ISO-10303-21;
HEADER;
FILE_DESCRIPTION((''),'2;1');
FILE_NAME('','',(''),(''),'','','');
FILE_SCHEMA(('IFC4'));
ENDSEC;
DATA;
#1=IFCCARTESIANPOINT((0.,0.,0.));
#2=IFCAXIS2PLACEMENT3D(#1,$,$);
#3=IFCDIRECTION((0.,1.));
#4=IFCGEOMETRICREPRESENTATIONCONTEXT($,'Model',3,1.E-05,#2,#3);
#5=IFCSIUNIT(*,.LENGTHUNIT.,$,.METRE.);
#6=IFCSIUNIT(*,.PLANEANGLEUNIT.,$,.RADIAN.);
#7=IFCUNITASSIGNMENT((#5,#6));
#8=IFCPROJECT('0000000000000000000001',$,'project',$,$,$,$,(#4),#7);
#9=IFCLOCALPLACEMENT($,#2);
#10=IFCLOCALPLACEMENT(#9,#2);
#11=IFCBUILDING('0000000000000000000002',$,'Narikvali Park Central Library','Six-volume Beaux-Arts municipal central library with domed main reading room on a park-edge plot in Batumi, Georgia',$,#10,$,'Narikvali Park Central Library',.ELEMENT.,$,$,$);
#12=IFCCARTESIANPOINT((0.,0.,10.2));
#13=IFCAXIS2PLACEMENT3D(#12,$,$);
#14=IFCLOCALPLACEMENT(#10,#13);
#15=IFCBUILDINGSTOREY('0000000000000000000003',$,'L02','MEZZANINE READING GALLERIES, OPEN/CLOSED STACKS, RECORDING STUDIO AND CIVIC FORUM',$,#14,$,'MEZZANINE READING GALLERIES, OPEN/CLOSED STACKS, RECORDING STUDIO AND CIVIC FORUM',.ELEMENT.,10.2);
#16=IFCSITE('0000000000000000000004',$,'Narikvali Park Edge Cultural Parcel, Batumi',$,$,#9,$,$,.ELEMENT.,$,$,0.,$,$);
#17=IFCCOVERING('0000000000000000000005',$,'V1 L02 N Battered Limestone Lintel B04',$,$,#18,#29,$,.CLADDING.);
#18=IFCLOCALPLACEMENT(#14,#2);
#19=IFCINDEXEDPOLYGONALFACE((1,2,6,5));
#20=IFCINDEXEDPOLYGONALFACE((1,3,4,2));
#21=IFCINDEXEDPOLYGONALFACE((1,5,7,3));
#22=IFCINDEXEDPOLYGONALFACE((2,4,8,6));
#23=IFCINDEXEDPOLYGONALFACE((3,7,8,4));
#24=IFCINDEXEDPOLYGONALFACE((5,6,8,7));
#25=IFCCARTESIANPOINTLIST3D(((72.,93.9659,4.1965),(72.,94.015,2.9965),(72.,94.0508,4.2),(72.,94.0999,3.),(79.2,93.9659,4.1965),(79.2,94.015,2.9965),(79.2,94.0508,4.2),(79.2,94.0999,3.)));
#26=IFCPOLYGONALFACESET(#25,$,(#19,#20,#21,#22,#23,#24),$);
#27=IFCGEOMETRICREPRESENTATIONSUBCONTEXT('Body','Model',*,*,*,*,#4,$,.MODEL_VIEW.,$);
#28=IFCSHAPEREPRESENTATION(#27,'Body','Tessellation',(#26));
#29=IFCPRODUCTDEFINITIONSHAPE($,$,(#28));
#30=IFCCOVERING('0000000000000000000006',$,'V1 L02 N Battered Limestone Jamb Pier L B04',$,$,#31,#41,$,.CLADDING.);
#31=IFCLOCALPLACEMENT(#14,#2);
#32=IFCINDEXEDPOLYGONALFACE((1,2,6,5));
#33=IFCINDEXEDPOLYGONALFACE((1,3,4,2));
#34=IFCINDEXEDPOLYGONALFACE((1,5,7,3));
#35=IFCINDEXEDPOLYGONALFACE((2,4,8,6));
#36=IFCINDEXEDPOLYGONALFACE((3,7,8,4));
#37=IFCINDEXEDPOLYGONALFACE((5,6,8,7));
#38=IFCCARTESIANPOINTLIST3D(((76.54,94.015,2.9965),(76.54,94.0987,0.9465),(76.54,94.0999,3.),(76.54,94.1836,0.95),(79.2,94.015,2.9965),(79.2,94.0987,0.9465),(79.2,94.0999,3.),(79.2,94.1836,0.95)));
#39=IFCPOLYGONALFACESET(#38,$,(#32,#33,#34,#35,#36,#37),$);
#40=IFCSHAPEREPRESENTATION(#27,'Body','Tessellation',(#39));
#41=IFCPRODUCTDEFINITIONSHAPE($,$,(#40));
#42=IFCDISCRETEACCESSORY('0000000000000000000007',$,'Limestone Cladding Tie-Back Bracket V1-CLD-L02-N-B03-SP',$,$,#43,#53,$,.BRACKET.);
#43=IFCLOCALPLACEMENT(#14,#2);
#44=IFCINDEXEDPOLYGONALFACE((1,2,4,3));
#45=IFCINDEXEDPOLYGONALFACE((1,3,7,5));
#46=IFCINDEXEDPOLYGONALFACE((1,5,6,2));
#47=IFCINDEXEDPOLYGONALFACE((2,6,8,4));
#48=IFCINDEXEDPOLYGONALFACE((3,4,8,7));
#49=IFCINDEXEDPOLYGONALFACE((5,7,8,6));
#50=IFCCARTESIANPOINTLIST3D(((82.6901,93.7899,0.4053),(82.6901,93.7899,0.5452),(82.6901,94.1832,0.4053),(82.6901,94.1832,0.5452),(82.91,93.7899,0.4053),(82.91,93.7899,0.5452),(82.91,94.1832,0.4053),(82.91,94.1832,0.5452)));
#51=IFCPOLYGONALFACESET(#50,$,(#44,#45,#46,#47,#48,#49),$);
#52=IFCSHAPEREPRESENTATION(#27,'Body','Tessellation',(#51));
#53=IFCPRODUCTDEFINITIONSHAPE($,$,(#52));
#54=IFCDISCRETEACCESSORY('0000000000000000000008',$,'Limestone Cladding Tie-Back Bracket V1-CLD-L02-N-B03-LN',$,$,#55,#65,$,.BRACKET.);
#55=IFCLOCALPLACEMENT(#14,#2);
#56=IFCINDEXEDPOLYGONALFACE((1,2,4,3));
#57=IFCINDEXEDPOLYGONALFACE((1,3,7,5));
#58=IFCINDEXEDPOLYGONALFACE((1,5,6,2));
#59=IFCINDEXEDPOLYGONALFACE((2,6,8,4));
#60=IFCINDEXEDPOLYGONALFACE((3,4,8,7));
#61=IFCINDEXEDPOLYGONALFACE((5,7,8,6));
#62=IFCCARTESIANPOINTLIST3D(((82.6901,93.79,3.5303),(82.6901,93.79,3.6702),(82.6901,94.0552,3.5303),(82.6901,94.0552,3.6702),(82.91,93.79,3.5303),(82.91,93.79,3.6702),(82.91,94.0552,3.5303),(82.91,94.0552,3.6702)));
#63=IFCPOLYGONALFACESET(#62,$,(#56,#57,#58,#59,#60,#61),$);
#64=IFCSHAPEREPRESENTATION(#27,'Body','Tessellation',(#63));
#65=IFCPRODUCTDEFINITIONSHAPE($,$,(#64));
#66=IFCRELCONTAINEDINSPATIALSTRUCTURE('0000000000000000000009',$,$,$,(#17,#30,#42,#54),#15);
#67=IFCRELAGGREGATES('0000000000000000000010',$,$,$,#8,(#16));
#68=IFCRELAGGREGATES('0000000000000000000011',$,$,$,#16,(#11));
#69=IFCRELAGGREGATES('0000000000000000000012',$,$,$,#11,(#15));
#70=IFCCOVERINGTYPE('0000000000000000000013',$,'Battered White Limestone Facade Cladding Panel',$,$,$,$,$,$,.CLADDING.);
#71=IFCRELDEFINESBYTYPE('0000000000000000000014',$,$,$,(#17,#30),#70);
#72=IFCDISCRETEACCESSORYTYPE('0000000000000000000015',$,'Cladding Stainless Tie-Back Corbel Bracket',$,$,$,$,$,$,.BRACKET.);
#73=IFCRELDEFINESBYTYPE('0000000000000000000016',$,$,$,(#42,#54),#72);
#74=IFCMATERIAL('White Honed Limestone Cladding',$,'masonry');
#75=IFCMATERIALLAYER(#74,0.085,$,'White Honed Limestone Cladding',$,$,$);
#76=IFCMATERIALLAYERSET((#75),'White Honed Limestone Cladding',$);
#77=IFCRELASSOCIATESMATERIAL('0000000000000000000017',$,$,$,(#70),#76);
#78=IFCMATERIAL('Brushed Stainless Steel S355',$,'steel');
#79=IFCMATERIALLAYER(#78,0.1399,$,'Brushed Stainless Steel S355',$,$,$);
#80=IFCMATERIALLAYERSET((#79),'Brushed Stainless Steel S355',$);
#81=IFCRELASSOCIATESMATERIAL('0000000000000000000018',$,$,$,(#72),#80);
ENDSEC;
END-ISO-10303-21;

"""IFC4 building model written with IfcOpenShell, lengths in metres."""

from ifc_helpers import new_model, si_unit, direction, frame, origin, origin_2d, place, context, subcontext, project, spatial, polyline, rectangle, outline, extrude, material, layer, layer_set, type_object, element, save


model = new_model("IFC4")

# Units and contexts
model_context = context("Model", 3, precision=1e-05, world=origin(), true_north=direction((0.0, 1.0)))
body_context = subcontext(model_context, "Body", "Model", "MODEL_VIEW")
ifc_project = project(units=[si_unit("LENGTHUNIT", "METRE"), si_unit("PLANEANGLEUNIT", "RADIAN")], contexts=[model_context])

# Site, building, storey
site_placement = place(None, origin())
site = spatial("IfcSite", under=ifc_project, at=site_placement, Name="Narikvali Park Edge Cultural Parcel, Batumi", CompositionType="ELEMENT", RefElevation=0.0)
building_placement = place(site_placement, origin())
building = spatial("IfcBuilding", under=site, at=building_placement, Name="Narikvali Park Central Library", Description="Six-volume Beaux-Arts municipal central library with domed main reading room on a park-edge plot in Batumi, Georgia", LongName="Narikvali Park Central Library", CompositionType="ELEMENT")
storey_placement = place(building_placement, frame((0.0, 0.0, 10.2)))
storey = spatial("IfcBuildingStorey", under=building, at=storey_placement, Name="L02", Description="MEZZANINE READING GALLERIES, OPEN/CLOSED STACKS, RECORDING STUDIO AND CIVIC FORUM", LongName="MEZZANINE READING GALLERIES, OPEN/CLOSED STACKS, RECORDING STUDIO AND CIVIC FORUM", CompositionType="ELEMENT", Elevation=10.2)

# Coverings
ifc_material_1 = material(Name="White Honed Limestone Cladding", Category="masonry")
ifc_layer_1 = layer(ifc_material_1, 0.085, Name="White Honed Limestone Cladding")
ifc_layer_set_1 = layer_set([ifc_layer_1], Name="White Honed Limestone Cladding")
covering_type = type_object("IfcCoveringType", Name="Battered White Limestone Facade Cladding Panel", PredefinedType="CLADDING", material=ifc_layer_set_1)
covering_1_placement = place(storey_placement, frame((79.2, 94.0999, 3.0), z_axis=(0.0, 0.999165, 0.040861), x_axis=(-1.0, 0.0, 0.0)))
element("IfcCovering", 1, at=covering_1_placement, inside=storey, type_object=covering_type, Name="V1 L02 N Battered Limestone Lintel B04", PredefinedType="CLADDING", context=body_context, shape_type="SweptSolid", body=[
    extrude(outline(polyline([(0.0, 0.0), (7.2, 0.0), (7.2, 1.201), (0.0, 1.201), (0.0, 0.0)])), origin(), (0.0, 0.0, -1.0), 0.085),
])
covering_2_placement = place(storey_placement, frame((79.2, 94.1836, 0.95), z_axis=(0.0, 0.999167, 0.040814), x_axis=(-1.0, 0.0, 0.0)))
element("IfcCovering", 2, at=covering_2_placement, inside=storey, type_object=covering_type, Name="V1 L02 N Battered Limestone Jamb Pier L B04", PredefinedType="CLADDING", context=body_context, shape_type="SweptSolid", body=[
    extrude(outline(polyline([(0.0, 0.0), (2.6599, 0.0), (2.6599, 2.0518), (0.0, 2.0518), (0.0, 0.0)])), origin(), (0.0, 0.0, -1.0), 0.085),
])

# Discrete accessories
ifc_material_2 = material(Name="Brushed Stainless Steel S355", Category="steel")
ifc_layer_2 = layer(ifc_material_2, 0.1399, Name="Brushed Stainless Steel S355")
ifc_layer_set_2 = layer_set([ifc_layer_2], Name="Brushed Stainless Steel S355")
discrete_accessory_type = type_object("IfcDiscreteAccessoryType", Name="Cladding Stainless Tie-Back Corbel Bracket", PredefinedType="BRACKET", material=ifc_layer_set_2)
discrete_accessory_1_placement = place(storey_placement, frame((82.8, 93.9866, 0.4053), z_axis=(0.0, 0.0, 1.0), x_axis=(1.0, 0.0, 0.0)))
element("IfcDiscreteAccessory", 3, at=discrete_accessory_1_placement, inside=storey, type_object=discrete_accessory_type, Name="Limestone Cladding Tie-Back Bracket V1-CLD-L02-N-B03-SP", PredefinedType="BRACKET", context=body_context, shape_type="SweptSolid", body=[
    extrude(rectangle(XDim=0.22, YDim=0.3933, at=origin_2d()), origin(), (0.0, 0.0, 1.0), 0.1399),
])
discrete_accessory_2_placement = place(storey_placement, frame((82.8, 93.9226, 3.5303), z_axis=(0.0, 0.0, 1.0), x_axis=(1.0, 0.0, 0.0)))
element("IfcDiscreteAccessory", 4, at=discrete_accessory_2_placement, inside=storey, type_object=discrete_accessory_type, Name="Limestone Cladding Tie-Back Bracket V1-CLD-L02-N-B03-LN", PredefinedType="BRACKET", context=body_context, shape_type="SweptSolid", body=[
    extrude(rectangle(XDim=0.22, YDim=0.2651, at=origin_2d()), origin(), (0.0, 0.0, 1.0), 0.1399),
])

save(model, "model.ifc")
